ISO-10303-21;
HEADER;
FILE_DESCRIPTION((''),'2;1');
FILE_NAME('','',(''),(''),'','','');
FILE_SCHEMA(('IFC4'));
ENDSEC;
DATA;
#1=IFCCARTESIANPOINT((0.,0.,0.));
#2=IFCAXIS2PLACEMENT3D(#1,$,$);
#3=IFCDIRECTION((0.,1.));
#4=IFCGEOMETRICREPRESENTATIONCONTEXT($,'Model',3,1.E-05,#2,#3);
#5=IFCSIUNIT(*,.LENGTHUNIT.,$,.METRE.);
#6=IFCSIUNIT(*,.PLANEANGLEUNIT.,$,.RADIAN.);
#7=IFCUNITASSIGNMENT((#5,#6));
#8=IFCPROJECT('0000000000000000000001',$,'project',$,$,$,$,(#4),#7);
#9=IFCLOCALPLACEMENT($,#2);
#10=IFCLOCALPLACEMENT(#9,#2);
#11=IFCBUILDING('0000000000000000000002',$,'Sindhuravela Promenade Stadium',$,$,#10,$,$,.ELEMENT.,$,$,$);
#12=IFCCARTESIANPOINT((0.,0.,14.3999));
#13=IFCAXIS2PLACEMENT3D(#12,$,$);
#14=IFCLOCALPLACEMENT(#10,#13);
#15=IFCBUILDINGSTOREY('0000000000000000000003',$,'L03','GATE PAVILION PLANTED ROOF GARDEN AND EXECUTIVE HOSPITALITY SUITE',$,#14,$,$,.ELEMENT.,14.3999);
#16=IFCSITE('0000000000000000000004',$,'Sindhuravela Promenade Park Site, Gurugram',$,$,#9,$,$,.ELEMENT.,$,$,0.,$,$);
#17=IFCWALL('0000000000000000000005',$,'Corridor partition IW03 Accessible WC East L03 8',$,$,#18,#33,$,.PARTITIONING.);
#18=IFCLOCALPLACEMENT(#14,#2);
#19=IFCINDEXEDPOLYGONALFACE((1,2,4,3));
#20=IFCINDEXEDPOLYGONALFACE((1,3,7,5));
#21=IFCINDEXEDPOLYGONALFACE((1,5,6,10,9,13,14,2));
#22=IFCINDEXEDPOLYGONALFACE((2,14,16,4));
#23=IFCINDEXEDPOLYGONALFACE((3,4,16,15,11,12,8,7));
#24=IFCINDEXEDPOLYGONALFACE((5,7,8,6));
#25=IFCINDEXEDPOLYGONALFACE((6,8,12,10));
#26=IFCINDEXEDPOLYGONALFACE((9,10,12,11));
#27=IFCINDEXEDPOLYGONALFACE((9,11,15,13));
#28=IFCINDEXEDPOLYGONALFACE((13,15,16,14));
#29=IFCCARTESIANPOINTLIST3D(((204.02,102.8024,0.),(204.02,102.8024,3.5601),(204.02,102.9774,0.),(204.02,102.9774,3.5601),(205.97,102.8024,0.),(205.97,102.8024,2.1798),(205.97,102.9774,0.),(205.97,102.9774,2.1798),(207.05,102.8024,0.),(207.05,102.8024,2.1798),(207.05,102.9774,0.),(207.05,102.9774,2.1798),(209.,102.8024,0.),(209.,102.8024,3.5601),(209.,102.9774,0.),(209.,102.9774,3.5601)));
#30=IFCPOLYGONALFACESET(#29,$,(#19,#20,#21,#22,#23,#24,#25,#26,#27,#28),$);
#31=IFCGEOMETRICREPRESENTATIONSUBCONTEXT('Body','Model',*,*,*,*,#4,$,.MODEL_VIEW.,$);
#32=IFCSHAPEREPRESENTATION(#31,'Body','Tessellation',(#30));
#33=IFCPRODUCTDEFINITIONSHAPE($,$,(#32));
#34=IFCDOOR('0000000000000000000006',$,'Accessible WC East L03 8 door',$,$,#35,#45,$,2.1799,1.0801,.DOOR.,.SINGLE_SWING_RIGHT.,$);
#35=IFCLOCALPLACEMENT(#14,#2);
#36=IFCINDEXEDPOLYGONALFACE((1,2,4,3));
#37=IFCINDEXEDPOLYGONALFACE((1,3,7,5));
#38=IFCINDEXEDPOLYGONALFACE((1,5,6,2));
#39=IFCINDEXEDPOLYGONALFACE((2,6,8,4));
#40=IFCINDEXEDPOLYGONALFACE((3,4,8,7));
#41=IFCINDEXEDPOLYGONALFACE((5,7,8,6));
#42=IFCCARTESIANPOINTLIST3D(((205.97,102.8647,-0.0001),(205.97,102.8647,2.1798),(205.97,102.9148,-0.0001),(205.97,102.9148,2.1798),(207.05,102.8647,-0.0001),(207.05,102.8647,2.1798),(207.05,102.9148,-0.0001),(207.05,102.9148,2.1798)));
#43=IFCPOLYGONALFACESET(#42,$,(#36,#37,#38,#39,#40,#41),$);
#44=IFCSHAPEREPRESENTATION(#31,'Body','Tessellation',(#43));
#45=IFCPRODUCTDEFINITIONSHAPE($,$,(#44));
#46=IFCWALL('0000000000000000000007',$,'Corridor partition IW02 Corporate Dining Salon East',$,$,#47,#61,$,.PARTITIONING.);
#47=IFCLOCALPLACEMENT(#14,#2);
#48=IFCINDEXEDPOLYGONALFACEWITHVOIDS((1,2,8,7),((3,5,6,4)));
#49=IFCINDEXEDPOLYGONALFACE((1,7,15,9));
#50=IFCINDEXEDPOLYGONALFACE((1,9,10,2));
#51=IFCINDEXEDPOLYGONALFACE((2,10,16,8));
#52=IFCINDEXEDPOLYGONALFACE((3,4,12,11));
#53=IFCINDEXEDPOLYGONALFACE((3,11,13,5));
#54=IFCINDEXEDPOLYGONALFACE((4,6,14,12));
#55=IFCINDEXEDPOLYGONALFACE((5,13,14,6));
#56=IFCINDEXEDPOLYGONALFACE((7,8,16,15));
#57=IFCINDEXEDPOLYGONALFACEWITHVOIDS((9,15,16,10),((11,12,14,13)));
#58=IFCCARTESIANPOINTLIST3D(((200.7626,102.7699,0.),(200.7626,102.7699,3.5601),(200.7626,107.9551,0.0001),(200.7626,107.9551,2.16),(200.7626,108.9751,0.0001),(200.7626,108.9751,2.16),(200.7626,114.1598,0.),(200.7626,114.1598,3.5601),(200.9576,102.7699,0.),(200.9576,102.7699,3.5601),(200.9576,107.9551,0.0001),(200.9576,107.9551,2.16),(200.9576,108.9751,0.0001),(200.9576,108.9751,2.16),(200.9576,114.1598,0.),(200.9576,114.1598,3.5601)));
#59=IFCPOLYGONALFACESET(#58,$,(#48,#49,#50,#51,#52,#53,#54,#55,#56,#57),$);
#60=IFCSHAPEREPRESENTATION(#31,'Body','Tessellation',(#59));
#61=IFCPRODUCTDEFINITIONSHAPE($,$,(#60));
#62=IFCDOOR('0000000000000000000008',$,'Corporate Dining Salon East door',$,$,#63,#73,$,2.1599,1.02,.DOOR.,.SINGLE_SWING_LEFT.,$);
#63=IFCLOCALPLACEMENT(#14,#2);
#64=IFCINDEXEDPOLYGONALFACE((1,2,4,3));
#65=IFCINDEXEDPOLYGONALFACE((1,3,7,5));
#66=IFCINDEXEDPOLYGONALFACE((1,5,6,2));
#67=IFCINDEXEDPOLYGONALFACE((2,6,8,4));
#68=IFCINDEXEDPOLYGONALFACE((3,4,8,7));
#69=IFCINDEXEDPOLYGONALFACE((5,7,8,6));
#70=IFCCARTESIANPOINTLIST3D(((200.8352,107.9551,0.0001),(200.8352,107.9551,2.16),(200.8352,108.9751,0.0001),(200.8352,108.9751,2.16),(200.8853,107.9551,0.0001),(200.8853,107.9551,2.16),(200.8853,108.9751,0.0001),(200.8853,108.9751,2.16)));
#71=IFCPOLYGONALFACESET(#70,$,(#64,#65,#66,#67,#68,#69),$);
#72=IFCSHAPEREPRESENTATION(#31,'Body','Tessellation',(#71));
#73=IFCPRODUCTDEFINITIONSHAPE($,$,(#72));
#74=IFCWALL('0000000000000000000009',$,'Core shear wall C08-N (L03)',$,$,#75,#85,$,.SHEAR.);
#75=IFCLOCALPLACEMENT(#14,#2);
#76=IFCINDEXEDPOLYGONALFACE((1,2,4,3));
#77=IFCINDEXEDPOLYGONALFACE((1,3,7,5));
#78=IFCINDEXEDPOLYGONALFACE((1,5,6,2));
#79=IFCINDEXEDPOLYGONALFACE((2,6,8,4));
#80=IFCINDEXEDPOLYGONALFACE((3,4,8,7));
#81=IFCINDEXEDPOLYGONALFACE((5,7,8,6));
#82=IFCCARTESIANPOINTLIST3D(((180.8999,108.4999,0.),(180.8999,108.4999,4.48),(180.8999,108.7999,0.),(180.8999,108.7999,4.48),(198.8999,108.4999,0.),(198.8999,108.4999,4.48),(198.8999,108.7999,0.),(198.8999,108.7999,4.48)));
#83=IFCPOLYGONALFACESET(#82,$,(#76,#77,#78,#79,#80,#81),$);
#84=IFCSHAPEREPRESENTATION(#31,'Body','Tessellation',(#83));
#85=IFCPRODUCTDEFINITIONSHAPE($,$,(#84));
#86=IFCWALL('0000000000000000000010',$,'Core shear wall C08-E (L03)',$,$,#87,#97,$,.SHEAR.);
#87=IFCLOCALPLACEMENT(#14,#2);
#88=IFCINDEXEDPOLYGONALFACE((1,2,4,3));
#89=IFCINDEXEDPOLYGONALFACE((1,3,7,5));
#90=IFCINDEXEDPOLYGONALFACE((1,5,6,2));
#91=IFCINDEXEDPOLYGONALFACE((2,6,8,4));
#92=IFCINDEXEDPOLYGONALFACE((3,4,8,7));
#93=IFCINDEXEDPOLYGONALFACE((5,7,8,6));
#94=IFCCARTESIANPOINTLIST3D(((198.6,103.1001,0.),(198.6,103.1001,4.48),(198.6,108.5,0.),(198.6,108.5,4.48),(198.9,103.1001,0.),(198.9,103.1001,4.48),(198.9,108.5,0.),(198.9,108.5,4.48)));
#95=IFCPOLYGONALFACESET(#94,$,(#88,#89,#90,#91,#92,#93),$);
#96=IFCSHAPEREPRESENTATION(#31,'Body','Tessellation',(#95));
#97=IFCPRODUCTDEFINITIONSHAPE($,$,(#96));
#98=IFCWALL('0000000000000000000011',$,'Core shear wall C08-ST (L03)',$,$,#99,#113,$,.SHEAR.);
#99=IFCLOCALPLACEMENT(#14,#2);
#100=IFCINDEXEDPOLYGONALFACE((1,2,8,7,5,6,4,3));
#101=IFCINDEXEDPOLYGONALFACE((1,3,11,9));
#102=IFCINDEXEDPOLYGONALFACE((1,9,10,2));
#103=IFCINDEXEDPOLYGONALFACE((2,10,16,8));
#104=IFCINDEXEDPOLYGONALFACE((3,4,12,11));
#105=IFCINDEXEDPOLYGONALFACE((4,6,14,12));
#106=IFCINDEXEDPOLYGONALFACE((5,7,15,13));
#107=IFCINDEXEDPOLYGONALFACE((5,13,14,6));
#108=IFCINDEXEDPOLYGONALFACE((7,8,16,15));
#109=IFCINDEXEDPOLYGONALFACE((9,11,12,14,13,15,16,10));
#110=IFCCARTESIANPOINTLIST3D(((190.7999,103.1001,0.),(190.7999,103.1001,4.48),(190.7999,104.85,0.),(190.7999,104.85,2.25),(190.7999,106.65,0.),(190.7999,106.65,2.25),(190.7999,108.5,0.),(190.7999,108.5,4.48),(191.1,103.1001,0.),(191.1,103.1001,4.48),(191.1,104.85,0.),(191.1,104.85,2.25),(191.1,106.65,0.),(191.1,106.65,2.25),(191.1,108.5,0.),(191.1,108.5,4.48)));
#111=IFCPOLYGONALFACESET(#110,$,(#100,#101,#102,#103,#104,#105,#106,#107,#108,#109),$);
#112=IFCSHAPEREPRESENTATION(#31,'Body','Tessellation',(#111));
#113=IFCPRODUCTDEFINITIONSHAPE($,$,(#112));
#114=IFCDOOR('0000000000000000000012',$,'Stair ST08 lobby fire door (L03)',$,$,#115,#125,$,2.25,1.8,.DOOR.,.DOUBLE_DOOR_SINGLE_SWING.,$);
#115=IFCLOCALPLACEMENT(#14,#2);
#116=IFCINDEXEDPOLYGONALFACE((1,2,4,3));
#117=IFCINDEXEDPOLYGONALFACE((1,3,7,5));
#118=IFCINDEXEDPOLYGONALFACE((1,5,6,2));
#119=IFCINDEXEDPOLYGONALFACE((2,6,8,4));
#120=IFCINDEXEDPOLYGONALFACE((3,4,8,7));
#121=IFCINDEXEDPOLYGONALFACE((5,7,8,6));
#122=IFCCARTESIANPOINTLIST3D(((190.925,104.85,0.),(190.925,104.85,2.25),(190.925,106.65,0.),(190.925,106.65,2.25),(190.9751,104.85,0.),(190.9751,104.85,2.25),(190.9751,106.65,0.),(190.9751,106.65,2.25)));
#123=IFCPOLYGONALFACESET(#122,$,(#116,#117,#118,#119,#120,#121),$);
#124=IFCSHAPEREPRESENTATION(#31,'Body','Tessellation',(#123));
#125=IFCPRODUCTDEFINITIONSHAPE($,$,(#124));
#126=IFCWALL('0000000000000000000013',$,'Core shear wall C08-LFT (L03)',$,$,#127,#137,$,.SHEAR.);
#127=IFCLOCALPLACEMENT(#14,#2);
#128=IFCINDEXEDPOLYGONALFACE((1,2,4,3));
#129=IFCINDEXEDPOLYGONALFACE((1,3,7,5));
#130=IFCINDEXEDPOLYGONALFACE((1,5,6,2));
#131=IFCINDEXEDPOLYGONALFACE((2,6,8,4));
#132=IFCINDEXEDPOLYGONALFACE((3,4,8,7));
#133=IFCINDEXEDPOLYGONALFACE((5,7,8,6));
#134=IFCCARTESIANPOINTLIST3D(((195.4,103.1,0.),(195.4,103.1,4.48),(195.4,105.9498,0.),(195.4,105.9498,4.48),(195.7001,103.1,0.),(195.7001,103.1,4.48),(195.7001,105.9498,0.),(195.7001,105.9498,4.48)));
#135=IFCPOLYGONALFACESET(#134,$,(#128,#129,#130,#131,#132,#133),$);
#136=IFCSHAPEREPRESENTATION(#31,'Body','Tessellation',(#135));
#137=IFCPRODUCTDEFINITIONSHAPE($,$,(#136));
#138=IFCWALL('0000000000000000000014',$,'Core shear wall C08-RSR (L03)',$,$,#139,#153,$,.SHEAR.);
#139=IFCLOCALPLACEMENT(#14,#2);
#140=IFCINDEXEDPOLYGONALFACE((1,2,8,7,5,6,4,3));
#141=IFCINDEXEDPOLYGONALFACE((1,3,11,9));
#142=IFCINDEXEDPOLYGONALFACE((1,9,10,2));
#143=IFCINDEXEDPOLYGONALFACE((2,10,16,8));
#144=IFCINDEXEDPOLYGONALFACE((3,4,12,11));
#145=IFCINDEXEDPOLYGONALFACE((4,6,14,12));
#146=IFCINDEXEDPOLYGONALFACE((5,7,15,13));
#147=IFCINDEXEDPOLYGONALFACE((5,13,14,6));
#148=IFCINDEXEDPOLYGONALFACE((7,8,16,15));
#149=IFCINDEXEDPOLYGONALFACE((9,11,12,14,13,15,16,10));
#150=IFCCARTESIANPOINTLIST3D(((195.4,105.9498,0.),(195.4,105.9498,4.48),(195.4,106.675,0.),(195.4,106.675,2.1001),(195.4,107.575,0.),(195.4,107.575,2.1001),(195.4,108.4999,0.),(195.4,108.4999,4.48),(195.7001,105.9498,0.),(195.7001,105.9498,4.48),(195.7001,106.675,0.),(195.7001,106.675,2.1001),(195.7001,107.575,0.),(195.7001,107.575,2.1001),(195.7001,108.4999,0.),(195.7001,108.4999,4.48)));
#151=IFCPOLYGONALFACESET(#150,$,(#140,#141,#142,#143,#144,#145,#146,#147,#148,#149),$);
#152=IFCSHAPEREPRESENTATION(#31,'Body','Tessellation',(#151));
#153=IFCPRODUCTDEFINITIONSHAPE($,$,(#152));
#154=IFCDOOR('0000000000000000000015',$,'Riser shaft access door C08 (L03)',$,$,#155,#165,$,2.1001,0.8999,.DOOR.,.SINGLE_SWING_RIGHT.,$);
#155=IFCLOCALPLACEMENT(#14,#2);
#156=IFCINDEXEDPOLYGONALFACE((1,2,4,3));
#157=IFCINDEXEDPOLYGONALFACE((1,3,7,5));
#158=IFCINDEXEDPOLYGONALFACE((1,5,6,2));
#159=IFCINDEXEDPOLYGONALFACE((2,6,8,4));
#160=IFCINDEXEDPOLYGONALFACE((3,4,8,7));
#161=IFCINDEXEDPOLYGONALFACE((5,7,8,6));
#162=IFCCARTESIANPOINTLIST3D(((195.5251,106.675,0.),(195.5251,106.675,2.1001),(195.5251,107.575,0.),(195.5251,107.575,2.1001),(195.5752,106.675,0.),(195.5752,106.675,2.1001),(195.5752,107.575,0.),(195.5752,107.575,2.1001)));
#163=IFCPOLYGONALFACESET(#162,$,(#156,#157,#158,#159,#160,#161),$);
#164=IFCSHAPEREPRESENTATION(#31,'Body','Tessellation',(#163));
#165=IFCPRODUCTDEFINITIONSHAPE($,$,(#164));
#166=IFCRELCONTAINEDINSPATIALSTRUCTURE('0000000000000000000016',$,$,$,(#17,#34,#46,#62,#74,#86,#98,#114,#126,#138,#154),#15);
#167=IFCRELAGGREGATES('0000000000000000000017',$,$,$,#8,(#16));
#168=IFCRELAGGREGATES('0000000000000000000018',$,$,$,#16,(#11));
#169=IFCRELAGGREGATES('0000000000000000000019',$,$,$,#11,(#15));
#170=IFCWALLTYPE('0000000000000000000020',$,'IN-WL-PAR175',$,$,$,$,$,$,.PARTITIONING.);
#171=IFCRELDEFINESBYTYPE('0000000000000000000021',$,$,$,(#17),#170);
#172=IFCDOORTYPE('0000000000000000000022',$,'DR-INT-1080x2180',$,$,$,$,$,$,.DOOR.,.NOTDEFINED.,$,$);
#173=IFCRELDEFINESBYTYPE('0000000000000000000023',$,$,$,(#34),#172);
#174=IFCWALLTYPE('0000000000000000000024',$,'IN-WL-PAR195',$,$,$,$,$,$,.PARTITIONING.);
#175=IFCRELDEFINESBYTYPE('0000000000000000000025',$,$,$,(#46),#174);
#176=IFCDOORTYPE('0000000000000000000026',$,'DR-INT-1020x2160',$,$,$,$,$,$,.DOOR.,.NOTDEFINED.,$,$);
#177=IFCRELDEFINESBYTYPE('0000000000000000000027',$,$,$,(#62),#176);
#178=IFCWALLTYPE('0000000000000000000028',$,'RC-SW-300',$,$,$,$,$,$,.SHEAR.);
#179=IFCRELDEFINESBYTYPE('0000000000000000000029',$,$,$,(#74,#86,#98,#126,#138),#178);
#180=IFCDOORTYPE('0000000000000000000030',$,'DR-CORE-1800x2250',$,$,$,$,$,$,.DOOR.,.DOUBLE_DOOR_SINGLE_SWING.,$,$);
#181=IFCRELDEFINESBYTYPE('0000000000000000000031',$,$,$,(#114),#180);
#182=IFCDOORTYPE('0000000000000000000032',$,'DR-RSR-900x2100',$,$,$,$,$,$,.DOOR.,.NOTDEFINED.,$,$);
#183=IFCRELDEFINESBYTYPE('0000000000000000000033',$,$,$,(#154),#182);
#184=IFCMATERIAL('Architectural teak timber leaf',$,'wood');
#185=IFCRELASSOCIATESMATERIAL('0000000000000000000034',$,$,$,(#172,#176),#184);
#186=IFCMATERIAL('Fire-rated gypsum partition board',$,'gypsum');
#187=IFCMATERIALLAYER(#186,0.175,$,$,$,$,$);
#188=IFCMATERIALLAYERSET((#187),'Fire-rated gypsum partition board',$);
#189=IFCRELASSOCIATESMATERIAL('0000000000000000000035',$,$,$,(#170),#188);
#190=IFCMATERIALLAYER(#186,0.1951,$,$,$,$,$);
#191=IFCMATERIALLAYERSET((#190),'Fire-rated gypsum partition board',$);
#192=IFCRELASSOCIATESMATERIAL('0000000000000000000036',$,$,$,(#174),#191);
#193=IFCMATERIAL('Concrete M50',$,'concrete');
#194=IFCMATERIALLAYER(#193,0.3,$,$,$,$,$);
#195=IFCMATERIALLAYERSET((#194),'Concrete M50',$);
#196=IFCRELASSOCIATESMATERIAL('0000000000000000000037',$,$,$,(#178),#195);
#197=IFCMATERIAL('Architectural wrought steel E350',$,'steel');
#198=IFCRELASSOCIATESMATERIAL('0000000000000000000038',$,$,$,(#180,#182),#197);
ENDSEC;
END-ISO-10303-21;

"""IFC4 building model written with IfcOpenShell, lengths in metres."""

from ifc_helpers import new_model, si_unit, direction, frame, frame_2d, origin, place, context, subcontext, project, spatial, rectangle, extrude, material, layer, layer_set, type_object, element, fill, save


model = new_model("IFC4")

# Units and contexts
model_context = context("Model", 3, precision=1e-05, world=origin(), true_north=direction((0.0, 1.0)))
body_context = subcontext(model_context, "Body", "Model", "MODEL_VIEW")
ifc_project = project(units=[si_unit("LENGTHUNIT", "METRE"), si_unit("PLANEANGLEUNIT", "RADIAN")], contexts=[model_context])

# Site, building, storey
site_placement = place(None, origin())
site = spatial("IfcSite", under=ifc_project, at=site_placement, Name="Sindhuravela Promenade Park Site, Gurugram", CompositionType="ELEMENT", RefElevation=0.0)
building_placement = place(site_placement, origin())
building = spatial("IfcBuilding", under=site, at=building_placement, Name="Sindhuravela Promenade Stadium", CompositionType="ELEMENT")
storey_placement = place(building_placement, frame((0.0, 0.0, 14.3999)))
storey = spatial("IfcBuildingStorey", under=building, at=storey_placement, Name="L03", Description="GATE PAVILION PLANTED ROOF GARDEN AND EXECUTIVE HOSPITALITY SUITE", CompositionType="ELEMENT", Elevation=14.3999)

# Shared definitions
ifc_material_1 = material(Name="Fire-rated gypsum partition board", Category="gypsum")

# Shared definitions
ifc_material_2 = material(Name="Architectural teak timber leaf", Category="wood")
door_type_1 = type_object("IfcDoorType", Name="DR-INT-1080x2180", OperationType="NOTDEFINED", PredefinedType="DOOR", material=ifc_material_2)

# Shared definitions
ifc_layer_1 = layer(ifc_material_1, 0.175)
ifc_layer_set_1 = layer_set([ifc_layer_1], Name="Fire-rated gypsum partition board")
wall_type_1 = type_object("IfcWallType", Name="IN-WL-PAR175", PredefinedType="PARTITIONING", material=ifc_layer_set_1)

# Walls, openings, doors
wall_1_placement = place(storey_placement, frame((204.02, 102.8899, 0.0), z_axis=(0.0, 0.0, 1.0), x_axis=(1.0, 0.0, 0.0)))
wall_1 = element("IfcWall", 1, at=wall_1_placement, inside=storey, type_object=wall_type_1, Name="Corridor partition IW03 Accessible WC East L03 8", PredefinedType="PARTITIONING", context=body_context, shape_type="SweptSolid", body=[
    extrude(rectangle(XDim=4.98, YDim=0.175, at=frame_2d((2.49, 0.0))), origin(), (0.0, 0.0, 1.0), 3.5601),
])
opening_1_placement = place(wall_1_placement, frame((1.95, 0.0, 0.0)))
opening_1 = element("IfcOpeningElement", 2, at=opening_1_placement, cuts=wall_1, PredefinedType="OPENING", context=body_context, shape_type="SweptSolid", body=[
    extrude(rectangle(XDim=1.0801, YDim=2.1799, at=frame_2d((0.54, 1.0898))), frame((0.0, 0.0974, 0.0), z_axis=(0.0, -1.0, 0.0), x_axis=(1.0, 0.0, 0.0)), (0.0, 0.0, 1.0), 0.1951),
])
door_1_placement = place(opening_1_placement, origin())
door_1 = element("IfcDoor", 3, at=door_1_placement, inside=storey, type_object=door_type_1, Name="Accessible WC East L03 8 door", OperationType="SINGLE_SWING_RIGHT", OverallHeight=2.1799, OverallWidth=1.0801, PredefinedType="DOOR", context=body_context, shape_type="SweptSolid", body=[
    extrude(rectangle(XDim=1.0801, YDim=2.1799, at=frame_2d((0.54, 1.0898))), frame((0.0, 0.0249, 0.0), z_axis=(0.0, -1.0, 0.0), x_axis=(1.0, 0.0, 0.0)), (0.0, 0.0, 1.0), 0.05),
])
fill(opening_1, door_1)
ifc_layer_2 = layer(ifc_material_1, 0.1951)
ifc_layer_set_2 = layer_set([ifc_layer_2], Name="Fire-rated gypsum partition board")
wall_type_2 = type_object("IfcWallType", Name="IN-WL-PAR195", PredefinedType="PARTITIONING", material=ifc_layer_set_2)
wall_2_placement = place(storey_placement, frame((200.8601, 102.77, 0.0), z_axis=(0.0, 0.0, 1.0), x_axis=(0.0, 1.0, 0.0)))
wall_2 = element("IfcWall", 4, at=wall_2_placement, inside=storey, type_object=wall_type_2, Name="Corridor partition IW02 Corporate Dining Salon East", PredefinedType="PARTITIONING", context=body_context, shape_type="SweptSolid", body=[
    extrude(rectangle(XDim=11.3899, YDim=0.1951, at=frame_2d((5.6948, 0.0))), origin(), (0.0, 0.0, 1.0), 3.5601),
])
opening_2_placement = place(wall_2_placement, frame((5.1851, 0.0, 0.0)))
opening_2 = element("IfcOpeningElement", 5, at=opening_2_placement, cuts=wall_2, PredefinedType="OPENING", context=body_context, shape_type="SweptSolid", body=[
    extrude(rectangle(XDim=1.02, YDim=2.1599, at=frame_2d((0.51, 1.0801))), frame((0.0, 0.1074, 0.0), z_axis=(0.0, -1.0, 0.0), x_axis=(1.0, 0.0, 0.0)), (0.0, 0.0, 1.0), 0.2151),
])
door_type_2 = type_object("IfcDoorType", Name="DR-INT-1020x2160", OperationType="NOTDEFINED", PredefinedType="DOOR", material=ifc_material_2)
door_2_placement = place(opening_2_placement, origin())
door_2 = element("IfcDoor", 6, at=door_2_placement, inside=storey, type_object=door_type_2, Name="Corporate Dining Salon East door", OperationType="SINGLE_SWING_LEFT", OverallHeight=2.1599, OverallWidth=1.02, PredefinedType="DOOR", context=body_context, shape_type="SweptSolid", body=[
    extrude(rectangle(XDim=1.02, YDim=2.1599, at=frame_2d((0.51, 1.0801))), frame((0.0, 0.0249, 0.0), z_axis=(0.0, -1.0, 0.0), x_axis=(1.0, 0.0, 0.0)), (0.0, 0.0, 1.0), 0.05),
])
fill(opening_2, door_2)

# Walls
ifc_material_3 = material(Name="Concrete M50", Category="concrete")
ifc_layer_3 = layer(ifc_material_3, 0.3)
ifc_layer_set_3 = layer_set([ifc_layer_3], Name="Concrete M50")
wall_type_3 = type_object("IfcWallType", Name="RC-SW-300", PredefinedType="SHEAR", material=ifc_layer_set_3)
wall_3_placement = place(storey_placement, frame((198.8999, 108.6499, 0.0), z_axis=(0.0, 0.0, 1.0), x_axis=(-1.0, 0.0, 0.0)))
element("IfcWall", 7, at=wall_3_placement, inside=storey, type_object=wall_type_3, Name="Core shear wall C08-N (L03)", PredefinedType="SHEAR", context=body_context, shape_type="SweptSolid", body=[
    extrude(rectangle(XDim=18.0, YDim=0.3, at=frame_2d((9.0, 0.0))), origin(), (0.0, 0.0, 1.0), 4.48),
])
wall_4_placement = place(storey_placement, frame((198.75, 103.1001, 0.0), z_axis=(0.0, 0.0, 1.0), x_axis=(0.0, 1.0, 0.0)))
element("IfcWall", 8, at=wall_4_placement, inside=storey, type_object=wall_type_3, Name="Core shear wall C08-E (L03)", PredefinedType="SHEAR", context=body_context, shape_type="SweptSolid", body=[
    extrude(rectangle(XDim=5.3999, YDim=0.3, at=frame_2d((2.7, 0.0))), origin(), (0.0, 0.0, 1.0), 4.48),
])

# Wall, opening, door
wall_5_placement = place(storey_placement, frame((190.95, 103.1001, 0.0), z_axis=(0.0, 0.0, 1.0), x_axis=(0.0, 1.0, 0.0)))
wall_5 = element("IfcWall", 9, at=wall_5_placement, inside=storey, type_object=wall_type_3, Name="Core shear wall C08-ST (L03)", PredefinedType="SHEAR", context=body_context, shape_type="SweptSolid", body=[
    extrude(rectangle(XDim=5.3999, YDim=0.3, at=frame_2d((2.7, 0.0))), origin(), (0.0, 0.0, 1.0), 4.48),
])
opening_3_placement = place(wall_5_placement, frame((1.75, 0.0, 0.0)))
opening_3 = element("IfcOpeningElement", 10, at=opening_3_placement, cuts=wall_5, PredefinedType="OPENING", context=body_context, shape_type="SweptSolid", body=[
    extrude(rectangle(XDim=1.8, YDim=2.25, at=frame_2d((0.8999, 1.125))), frame((0.0, 0.1599, 0.0), z_axis=(0.0, -1.0, 0.0), x_axis=(1.0, 0.0, 0.0)), (0.0, 0.0, 1.0), 0.3201),
])
ifc_material_4 = material(Name="Architectural wrought steel E350", Category="steel")
door_type_3 = type_object("IfcDoorType", Name="DR-CORE-1800x2250", OperationType="DOUBLE_DOOR_SINGLE_SWING", PredefinedType="DOOR", material=ifc_material_4)
door_3_placement = place(opening_3_placement, origin())
door_3 = element("IfcDoor", 11, at=door_3_placement, inside=storey, type_object=door_type_3, Name="Stair ST08 lobby fire door (L03)", OperationType="DOUBLE_DOOR_SINGLE_SWING", OverallHeight=2.25, OverallWidth=1.8, PredefinedType="DOOR", context=body_context, shape_type="SweptSolid", body=[
    extrude(rectangle(XDim=1.8, YDim=2.25, at=frame_2d((0.8999, 1.125))), frame((0.0, 0.0249, 0.0), z_axis=(0.0, -1.0, 0.0), x_axis=(1.0, 0.0, 0.0)), (0.0, 0.0, 1.0), 0.05),
])
fill(opening_3, door_3)

# Wall
wall_6_placement = place(storey_placement, frame((195.55, 103.1001, 0.0), z_axis=(0.0, 0.0, 1.0), x_axis=(0.0, 1.0, 0.0)))
element("IfcWall", 12, at=wall_6_placement, inside=storey, type_object=wall_type_3, Name="Core shear wall C08-LFT (L03)", PredefinedType="SHEAR", context=body_context, shape_type="SweptSolid", body=[
    extrude(rectangle(XDim=2.8499, YDim=0.3, at=frame_2d((1.4248, 0.0))), origin(), (0.0, 0.0, 1.0), 4.48),
])

# Wall, opening, door
wall_7_placement = place(storey_placement, frame((195.55, 105.95, 0.0), z_axis=(0.0, 0.0, 1.0), x_axis=(0.0, 1.0, 0.0)))
wall_7 = element("IfcWall", 13, at=wall_7_placement, inside=storey, type_object=wall_type_3, Name="Core shear wall C08-RSR (L03)", PredefinedType="SHEAR", context=body_context, shape_type="SweptSolid", body=[
    extrude(rectangle(XDim=2.55, YDim=0.3, at=frame_2d((1.2749, 0.0))), origin(), (0.0, 0.0, 1.0), 4.48),
])
opening_4_placement = place(wall_7_placement, frame((0.7251, 0.0, 0.0)))
opening_4 = element("IfcOpeningElement", 14, at=opening_4_placement, cuts=wall_7, PredefinedType="OPENING", context=body_context, shape_type="SweptSolid", body=[
    extrude(rectangle(XDim=0.8999, YDim=2.1001, at=frame_2d((0.45, 1.05))), frame((0.0, 0.1599, 0.0), z_axis=(0.0, -1.0, 0.0), x_axis=(1.0, 0.0, 0.0)), (0.0, 0.0, 1.0), 0.3201),
])
door_type_4 = type_object("IfcDoorType", Name="DR-RSR-900x2100", OperationType="NOTDEFINED", PredefinedType="DOOR", material=ifc_material_4)
door_4_placement = place(opening_4_placement, origin())
door_4 = element("IfcDoor", 15, at=door_4_placement, inside=storey, type_object=door_type_4, Name="Riser shaft access door C08 (L03)", OperationType="SINGLE_SWING_RIGHT", OverallHeight=2.1001, OverallWidth=0.8999, PredefinedType="DOOR", context=body_context, shape_type="SweptSolid", body=[
    extrude(rectangle(XDim=0.8999, YDim=2.1001, at=frame_2d((0.45, 1.05))), frame((0.0, 0.0249, 0.0), z_axis=(0.0, -1.0, 0.0), x_axis=(1.0, 0.0, 0.0)), (0.0, 0.0, 1.0), 0.05),
])
fill(opening_4, door_4)

save(model, "model.ifc")
